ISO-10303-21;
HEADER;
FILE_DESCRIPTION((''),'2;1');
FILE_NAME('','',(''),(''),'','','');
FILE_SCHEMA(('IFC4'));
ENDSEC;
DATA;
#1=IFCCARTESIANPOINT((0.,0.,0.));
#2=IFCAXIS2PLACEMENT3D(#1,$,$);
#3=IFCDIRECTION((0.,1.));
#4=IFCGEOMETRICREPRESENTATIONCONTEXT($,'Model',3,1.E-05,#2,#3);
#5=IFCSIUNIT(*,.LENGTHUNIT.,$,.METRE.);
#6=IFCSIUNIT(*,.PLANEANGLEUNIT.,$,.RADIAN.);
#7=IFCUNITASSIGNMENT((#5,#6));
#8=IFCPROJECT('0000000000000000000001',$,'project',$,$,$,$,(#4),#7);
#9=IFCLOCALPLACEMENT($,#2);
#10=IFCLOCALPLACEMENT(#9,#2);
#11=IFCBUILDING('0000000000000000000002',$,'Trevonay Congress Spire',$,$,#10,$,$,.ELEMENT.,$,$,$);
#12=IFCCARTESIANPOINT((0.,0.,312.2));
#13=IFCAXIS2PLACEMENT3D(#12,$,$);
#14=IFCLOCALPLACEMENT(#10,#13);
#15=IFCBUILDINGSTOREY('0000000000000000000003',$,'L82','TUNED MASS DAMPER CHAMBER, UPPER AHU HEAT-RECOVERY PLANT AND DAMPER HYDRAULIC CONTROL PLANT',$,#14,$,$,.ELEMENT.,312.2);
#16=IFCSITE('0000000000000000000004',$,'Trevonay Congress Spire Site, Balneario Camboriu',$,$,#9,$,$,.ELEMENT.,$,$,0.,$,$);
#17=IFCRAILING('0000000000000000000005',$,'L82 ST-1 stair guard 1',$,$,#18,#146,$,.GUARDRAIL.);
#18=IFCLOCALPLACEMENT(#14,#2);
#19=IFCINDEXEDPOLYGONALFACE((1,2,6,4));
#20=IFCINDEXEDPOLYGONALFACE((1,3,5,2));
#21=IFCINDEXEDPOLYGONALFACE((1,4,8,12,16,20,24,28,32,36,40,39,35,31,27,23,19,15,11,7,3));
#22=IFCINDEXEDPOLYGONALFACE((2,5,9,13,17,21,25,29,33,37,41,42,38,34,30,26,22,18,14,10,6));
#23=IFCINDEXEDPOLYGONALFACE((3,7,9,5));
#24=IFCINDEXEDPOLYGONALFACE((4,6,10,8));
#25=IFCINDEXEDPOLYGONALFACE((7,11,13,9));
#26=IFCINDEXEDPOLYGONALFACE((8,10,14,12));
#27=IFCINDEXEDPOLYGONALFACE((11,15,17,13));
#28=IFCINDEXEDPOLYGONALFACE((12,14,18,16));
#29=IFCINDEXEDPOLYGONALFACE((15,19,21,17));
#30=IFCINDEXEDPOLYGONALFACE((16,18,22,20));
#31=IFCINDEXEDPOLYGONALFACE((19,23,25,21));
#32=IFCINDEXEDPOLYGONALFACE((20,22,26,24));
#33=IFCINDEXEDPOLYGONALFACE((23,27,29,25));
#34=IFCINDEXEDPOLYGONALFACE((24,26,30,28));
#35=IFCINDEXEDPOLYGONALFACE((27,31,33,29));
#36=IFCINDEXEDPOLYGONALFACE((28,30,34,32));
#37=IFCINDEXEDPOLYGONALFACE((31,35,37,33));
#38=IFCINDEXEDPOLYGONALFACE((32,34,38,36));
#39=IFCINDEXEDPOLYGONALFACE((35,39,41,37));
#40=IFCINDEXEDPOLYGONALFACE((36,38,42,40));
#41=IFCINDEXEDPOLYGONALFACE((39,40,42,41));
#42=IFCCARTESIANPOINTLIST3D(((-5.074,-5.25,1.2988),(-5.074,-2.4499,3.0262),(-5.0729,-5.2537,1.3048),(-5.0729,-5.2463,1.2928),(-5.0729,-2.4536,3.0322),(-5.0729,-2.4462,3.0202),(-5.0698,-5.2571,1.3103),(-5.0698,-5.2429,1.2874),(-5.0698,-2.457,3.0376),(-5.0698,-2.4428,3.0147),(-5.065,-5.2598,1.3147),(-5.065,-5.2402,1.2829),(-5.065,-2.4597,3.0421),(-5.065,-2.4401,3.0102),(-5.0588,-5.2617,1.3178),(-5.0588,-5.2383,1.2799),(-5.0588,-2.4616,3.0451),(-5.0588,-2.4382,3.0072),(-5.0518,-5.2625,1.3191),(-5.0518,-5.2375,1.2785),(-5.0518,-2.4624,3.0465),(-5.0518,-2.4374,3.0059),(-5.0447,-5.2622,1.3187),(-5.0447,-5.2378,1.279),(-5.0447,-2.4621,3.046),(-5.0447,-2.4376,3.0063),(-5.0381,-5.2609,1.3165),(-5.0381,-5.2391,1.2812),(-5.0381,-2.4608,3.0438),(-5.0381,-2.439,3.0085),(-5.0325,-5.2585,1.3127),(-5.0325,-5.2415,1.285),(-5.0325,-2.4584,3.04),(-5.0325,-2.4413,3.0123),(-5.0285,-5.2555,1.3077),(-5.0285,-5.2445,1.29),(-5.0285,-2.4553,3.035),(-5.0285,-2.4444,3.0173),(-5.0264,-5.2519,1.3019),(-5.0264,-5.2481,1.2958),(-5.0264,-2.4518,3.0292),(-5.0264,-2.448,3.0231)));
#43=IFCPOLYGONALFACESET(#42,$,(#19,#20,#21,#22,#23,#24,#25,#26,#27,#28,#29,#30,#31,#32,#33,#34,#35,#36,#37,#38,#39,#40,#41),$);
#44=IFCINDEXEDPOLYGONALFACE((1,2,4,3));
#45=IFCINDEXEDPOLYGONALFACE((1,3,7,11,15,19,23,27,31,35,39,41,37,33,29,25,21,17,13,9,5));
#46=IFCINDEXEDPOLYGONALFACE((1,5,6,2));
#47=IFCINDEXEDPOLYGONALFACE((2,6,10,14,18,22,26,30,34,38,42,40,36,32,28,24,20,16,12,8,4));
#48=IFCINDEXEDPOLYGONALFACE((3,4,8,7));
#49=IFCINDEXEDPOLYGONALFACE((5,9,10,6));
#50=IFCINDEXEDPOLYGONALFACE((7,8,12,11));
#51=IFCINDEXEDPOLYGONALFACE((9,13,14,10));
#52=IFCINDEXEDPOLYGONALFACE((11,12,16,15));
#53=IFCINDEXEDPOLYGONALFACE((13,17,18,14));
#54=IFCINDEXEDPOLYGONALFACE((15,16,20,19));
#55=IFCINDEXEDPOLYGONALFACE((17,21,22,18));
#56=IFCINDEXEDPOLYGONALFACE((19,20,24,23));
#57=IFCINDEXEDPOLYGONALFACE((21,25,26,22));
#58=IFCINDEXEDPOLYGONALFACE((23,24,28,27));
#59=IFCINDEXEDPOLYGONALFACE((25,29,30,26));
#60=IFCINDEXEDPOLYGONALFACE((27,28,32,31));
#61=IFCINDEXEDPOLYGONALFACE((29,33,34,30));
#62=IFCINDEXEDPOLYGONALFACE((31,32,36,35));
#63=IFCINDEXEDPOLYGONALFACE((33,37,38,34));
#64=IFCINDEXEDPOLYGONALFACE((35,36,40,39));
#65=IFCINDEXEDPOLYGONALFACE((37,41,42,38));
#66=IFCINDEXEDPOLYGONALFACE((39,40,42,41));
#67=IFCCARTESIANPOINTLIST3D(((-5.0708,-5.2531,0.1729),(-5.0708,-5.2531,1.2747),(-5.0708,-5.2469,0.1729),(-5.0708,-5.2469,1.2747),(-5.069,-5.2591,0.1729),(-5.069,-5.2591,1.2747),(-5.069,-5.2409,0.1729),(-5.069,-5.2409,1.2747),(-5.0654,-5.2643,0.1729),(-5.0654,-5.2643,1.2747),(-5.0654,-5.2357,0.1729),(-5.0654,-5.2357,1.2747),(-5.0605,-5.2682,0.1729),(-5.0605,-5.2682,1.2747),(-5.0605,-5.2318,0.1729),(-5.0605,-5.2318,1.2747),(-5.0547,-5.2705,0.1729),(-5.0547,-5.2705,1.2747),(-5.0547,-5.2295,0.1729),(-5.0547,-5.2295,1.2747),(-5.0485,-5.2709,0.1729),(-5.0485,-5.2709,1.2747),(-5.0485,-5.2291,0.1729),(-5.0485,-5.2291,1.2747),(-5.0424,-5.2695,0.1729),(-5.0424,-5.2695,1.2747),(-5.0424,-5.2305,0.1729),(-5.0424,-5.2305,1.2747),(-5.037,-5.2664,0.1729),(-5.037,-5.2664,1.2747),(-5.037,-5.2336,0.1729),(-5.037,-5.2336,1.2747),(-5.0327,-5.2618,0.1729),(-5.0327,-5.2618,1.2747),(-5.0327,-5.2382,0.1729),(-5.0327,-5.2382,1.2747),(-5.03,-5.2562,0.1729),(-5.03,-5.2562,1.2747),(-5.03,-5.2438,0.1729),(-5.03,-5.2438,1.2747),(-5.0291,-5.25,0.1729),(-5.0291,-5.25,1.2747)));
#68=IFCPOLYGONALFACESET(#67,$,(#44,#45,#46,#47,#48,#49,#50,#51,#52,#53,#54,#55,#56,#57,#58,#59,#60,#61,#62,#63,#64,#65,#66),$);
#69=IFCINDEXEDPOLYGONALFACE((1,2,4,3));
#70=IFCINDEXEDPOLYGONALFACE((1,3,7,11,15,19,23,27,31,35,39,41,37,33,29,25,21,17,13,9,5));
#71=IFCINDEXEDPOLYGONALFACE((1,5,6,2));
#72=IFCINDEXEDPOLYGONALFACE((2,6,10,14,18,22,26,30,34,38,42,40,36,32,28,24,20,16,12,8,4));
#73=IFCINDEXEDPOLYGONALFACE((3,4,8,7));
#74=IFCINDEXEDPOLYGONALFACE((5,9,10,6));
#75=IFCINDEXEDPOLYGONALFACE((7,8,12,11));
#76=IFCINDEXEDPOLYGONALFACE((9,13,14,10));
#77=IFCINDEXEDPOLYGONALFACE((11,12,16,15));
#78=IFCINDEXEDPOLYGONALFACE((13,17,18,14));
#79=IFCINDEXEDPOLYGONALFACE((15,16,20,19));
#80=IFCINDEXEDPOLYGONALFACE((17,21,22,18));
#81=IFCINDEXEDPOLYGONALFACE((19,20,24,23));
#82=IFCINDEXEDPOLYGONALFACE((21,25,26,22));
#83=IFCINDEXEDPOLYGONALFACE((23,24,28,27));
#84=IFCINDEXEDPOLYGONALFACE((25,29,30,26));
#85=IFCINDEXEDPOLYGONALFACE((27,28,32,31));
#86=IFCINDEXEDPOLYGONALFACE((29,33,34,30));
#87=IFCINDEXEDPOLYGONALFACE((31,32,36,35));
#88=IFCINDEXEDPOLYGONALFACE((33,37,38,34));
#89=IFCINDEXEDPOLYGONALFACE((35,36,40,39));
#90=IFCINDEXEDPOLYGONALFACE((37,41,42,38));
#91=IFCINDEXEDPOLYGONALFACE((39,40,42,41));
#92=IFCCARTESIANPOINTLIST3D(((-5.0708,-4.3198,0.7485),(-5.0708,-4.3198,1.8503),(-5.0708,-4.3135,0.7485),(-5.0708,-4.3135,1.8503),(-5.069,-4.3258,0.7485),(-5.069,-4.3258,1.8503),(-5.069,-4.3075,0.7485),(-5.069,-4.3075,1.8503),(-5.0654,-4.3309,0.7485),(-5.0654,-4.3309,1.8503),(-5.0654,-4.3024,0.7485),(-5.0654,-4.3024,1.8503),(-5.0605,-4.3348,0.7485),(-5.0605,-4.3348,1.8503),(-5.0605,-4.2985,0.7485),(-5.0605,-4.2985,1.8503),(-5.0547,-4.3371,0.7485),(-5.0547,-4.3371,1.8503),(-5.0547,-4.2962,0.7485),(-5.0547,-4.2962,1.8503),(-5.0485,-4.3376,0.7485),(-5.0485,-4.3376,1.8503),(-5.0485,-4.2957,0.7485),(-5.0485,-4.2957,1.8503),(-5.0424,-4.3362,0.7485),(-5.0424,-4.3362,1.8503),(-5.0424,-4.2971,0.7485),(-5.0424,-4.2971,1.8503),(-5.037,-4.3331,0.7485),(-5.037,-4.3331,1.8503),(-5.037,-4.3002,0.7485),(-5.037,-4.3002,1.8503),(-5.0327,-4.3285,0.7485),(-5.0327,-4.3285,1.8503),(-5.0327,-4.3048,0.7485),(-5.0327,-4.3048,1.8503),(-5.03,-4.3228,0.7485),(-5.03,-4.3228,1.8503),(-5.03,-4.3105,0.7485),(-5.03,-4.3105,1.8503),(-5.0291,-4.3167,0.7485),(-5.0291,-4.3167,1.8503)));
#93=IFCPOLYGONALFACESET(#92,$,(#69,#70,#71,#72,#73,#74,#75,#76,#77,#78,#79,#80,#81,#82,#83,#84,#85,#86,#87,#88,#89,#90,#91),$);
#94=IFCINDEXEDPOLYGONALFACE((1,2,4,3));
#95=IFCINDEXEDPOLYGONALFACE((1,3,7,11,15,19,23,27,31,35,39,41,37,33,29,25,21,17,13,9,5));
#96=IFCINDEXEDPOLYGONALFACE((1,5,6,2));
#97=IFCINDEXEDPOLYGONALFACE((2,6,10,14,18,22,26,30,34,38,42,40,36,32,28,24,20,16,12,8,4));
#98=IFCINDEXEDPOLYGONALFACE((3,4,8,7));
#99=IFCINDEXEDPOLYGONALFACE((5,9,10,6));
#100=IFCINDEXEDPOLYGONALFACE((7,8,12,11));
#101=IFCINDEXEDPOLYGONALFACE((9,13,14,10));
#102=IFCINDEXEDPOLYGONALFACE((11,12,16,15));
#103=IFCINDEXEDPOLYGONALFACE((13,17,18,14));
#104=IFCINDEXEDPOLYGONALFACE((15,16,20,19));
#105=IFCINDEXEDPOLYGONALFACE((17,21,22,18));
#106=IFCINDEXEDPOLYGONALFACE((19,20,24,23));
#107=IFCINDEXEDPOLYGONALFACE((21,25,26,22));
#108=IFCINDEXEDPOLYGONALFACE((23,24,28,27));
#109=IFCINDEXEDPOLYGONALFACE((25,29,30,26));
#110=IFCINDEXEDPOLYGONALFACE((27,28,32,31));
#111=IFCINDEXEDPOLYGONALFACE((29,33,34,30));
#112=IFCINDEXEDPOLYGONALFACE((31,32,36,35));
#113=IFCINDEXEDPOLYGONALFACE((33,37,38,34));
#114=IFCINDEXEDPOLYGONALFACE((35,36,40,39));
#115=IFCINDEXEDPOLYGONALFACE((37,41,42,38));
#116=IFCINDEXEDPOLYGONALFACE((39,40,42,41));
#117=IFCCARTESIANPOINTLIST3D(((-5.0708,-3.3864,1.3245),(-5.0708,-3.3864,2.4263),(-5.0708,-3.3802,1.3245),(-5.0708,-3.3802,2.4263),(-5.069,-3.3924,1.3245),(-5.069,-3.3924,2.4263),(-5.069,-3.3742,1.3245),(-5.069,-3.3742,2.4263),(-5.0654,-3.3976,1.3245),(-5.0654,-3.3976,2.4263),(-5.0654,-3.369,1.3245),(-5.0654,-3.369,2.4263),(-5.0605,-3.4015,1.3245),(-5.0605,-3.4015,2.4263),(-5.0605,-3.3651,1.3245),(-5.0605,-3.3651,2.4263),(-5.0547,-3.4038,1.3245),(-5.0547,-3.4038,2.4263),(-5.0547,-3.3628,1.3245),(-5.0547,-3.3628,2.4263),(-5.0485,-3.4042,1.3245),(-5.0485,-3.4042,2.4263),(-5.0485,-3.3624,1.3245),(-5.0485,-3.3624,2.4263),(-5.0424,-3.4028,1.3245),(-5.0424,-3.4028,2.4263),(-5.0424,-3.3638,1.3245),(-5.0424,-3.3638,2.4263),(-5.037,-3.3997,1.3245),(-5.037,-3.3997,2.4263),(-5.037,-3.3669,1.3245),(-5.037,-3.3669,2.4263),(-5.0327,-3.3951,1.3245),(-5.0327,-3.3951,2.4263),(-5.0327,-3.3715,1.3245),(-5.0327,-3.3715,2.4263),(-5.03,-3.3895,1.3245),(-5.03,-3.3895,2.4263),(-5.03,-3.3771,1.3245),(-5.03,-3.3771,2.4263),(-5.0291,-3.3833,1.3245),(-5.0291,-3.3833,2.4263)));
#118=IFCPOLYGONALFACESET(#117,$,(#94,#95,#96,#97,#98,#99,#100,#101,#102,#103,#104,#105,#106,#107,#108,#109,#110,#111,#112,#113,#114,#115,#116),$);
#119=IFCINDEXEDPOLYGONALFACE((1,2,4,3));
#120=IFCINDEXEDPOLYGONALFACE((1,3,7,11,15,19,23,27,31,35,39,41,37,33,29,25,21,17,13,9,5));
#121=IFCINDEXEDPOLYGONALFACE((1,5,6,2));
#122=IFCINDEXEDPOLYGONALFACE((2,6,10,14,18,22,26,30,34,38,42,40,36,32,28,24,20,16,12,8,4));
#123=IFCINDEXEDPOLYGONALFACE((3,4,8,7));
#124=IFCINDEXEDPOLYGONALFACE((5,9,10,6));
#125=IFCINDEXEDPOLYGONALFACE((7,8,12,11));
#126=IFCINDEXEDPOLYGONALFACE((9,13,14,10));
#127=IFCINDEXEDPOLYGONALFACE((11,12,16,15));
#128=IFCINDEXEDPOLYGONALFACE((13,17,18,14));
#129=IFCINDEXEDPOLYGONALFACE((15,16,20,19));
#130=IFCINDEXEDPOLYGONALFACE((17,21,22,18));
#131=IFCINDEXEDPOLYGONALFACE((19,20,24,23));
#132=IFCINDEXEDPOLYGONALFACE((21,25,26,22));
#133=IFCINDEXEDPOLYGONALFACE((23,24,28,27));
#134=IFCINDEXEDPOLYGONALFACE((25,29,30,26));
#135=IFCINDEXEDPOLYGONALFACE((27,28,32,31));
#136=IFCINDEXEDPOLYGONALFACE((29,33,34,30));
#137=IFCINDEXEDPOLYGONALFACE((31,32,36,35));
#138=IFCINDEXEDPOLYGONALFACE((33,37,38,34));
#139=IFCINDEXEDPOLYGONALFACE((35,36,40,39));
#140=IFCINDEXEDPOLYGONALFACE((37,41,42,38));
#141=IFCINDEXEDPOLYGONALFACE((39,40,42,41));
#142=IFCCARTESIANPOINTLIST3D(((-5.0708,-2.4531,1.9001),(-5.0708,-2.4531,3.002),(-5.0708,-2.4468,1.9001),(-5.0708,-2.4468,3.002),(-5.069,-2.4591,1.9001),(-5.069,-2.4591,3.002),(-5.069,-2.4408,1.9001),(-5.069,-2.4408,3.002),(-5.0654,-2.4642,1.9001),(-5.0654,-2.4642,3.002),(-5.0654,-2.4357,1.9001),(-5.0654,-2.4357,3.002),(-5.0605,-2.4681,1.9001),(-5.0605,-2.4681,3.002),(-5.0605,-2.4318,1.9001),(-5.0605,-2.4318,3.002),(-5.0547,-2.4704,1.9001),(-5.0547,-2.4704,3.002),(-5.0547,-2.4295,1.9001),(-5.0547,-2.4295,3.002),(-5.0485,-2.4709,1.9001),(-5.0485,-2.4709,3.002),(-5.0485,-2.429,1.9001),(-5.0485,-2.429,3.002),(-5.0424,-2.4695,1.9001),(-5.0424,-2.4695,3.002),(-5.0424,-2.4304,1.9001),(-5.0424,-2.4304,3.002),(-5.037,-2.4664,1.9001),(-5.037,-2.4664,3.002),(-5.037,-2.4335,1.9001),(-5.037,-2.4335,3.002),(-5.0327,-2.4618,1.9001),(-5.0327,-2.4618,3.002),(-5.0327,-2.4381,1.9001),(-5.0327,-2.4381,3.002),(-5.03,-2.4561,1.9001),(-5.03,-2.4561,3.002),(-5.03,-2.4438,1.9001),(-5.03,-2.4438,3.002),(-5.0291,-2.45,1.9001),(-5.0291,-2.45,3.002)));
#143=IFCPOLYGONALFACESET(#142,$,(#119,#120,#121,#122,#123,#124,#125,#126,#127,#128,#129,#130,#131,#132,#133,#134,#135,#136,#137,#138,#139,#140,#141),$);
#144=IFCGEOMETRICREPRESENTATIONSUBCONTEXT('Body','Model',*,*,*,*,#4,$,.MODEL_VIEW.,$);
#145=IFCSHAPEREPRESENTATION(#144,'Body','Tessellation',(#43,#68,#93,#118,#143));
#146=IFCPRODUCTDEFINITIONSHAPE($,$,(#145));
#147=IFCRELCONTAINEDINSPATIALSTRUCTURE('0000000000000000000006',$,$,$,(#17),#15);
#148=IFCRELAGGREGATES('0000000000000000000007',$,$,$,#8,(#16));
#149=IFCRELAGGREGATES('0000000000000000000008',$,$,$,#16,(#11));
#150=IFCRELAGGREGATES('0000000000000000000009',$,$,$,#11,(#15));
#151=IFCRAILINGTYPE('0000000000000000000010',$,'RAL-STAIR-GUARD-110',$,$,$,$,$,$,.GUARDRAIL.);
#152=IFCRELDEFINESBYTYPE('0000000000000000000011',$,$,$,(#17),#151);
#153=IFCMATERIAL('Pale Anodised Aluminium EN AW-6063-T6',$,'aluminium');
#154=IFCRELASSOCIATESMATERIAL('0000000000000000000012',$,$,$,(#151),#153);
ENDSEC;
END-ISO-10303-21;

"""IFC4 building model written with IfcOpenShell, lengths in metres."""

from ifc_helpers import new_model, si_unit, direction, frame, origin, origin_2d, place, context, subcontext, project, spatial, circle, extrude, material, type_object, element, save


model = new_model("IFC4")

# Units and contexts
model_context = context("Model", 3, precision=1e-05, world=origin(), true_north=direction((0.0, 1.0)))
body_context = subcontext(model_context, "Body", "Model", "MODEL_VIEW")
ifc_project = project(units=[si_unit("LENGTHUNIT", "METRE"), si_unit("PLANEANGLEUNIT", "RADIAN")], contexts=[model_context])

# Site, building, storey
site_placement = place(None, origin())
site = spatial("IfcSite", under=ifc_project, at=site_placement, Name="Trevonay Congress Spire Site, Balneario Camboriu", CompositionType="ELEMENT", RefElevation=0.0)
building_placement = place(site_placement, origin())
building = spatial("IfcBuilding", under=site, at=building_placement, Name="Trevonay Congress Spire", CompositionType="ELEMENT")
storey_placement = place(building_placement, frame((0.0, 0.0, 312.2)))
storey = spatial("IfcBuildingStorey", under=building, at=storey_placement, Name="L82", Description="TUNED MASS DAMPER CHAMBER, UPPER AHU HEAT-RECOVERY PLANT AND DAMPER HYDRAULIC CONTROL PLANT", CompositionType="ELEMENT", Elevation=312.2)

# Railing
ifc_material_1 = material(Name="Pale Anodised Aluminium EN AW-6063-T6", Category="aluminium")
railing_type_1 = type_object("IfcRailingType", Name="RAL-STAIR-GUARD-110", PredefinedType="GUARDRAIL", material=ifc_material_1)
railing_1_placement = place(storey_placement, frame((-5.05, -5.25, 0.1729)))
element("IfcRailing", 1, at=railing_1_placement, inside=storey, type_object=railing_type_1, Name="L82 ST-1 stair guard 1", PredefinedType="GUARDRAIL", context=body_context, shape_type="SweptSolid", body=[
    extrude(circle(Radius=0.0239, at=origin_2d()), frame((0.0, 0.0, 1.126), z_axis=(0.0, 0.85109, 0.52502), x_axis=(-1.0, 0.0, 0.0)), (0.0, 0.0, 1.0), 3.29),
    extrude(circle(Radius=0.021, at=origin_2d()), origin(), (0.0, 0.0, 1.0), 1.1018),
    extrude(circle(Radius=0.021, at=origin_2d()), frame((0.0, 0.9333, 0.5757)), (0.0, 0.0, 1.0), 1.1018),
    extrude(circle(Radius=0.021, at=origin_2d()), frame((0.0, 1.8667, 1.1516)), (0.0, 0.0, 1.0), 1.1018),
    extrude(circle(Radius=0.021, at=origin_2d()), frame((0.0, 2.8, 1.7273)), (0.0, 0.0, 1.0), 1.1018),
])

save(model, "model.ifc")
